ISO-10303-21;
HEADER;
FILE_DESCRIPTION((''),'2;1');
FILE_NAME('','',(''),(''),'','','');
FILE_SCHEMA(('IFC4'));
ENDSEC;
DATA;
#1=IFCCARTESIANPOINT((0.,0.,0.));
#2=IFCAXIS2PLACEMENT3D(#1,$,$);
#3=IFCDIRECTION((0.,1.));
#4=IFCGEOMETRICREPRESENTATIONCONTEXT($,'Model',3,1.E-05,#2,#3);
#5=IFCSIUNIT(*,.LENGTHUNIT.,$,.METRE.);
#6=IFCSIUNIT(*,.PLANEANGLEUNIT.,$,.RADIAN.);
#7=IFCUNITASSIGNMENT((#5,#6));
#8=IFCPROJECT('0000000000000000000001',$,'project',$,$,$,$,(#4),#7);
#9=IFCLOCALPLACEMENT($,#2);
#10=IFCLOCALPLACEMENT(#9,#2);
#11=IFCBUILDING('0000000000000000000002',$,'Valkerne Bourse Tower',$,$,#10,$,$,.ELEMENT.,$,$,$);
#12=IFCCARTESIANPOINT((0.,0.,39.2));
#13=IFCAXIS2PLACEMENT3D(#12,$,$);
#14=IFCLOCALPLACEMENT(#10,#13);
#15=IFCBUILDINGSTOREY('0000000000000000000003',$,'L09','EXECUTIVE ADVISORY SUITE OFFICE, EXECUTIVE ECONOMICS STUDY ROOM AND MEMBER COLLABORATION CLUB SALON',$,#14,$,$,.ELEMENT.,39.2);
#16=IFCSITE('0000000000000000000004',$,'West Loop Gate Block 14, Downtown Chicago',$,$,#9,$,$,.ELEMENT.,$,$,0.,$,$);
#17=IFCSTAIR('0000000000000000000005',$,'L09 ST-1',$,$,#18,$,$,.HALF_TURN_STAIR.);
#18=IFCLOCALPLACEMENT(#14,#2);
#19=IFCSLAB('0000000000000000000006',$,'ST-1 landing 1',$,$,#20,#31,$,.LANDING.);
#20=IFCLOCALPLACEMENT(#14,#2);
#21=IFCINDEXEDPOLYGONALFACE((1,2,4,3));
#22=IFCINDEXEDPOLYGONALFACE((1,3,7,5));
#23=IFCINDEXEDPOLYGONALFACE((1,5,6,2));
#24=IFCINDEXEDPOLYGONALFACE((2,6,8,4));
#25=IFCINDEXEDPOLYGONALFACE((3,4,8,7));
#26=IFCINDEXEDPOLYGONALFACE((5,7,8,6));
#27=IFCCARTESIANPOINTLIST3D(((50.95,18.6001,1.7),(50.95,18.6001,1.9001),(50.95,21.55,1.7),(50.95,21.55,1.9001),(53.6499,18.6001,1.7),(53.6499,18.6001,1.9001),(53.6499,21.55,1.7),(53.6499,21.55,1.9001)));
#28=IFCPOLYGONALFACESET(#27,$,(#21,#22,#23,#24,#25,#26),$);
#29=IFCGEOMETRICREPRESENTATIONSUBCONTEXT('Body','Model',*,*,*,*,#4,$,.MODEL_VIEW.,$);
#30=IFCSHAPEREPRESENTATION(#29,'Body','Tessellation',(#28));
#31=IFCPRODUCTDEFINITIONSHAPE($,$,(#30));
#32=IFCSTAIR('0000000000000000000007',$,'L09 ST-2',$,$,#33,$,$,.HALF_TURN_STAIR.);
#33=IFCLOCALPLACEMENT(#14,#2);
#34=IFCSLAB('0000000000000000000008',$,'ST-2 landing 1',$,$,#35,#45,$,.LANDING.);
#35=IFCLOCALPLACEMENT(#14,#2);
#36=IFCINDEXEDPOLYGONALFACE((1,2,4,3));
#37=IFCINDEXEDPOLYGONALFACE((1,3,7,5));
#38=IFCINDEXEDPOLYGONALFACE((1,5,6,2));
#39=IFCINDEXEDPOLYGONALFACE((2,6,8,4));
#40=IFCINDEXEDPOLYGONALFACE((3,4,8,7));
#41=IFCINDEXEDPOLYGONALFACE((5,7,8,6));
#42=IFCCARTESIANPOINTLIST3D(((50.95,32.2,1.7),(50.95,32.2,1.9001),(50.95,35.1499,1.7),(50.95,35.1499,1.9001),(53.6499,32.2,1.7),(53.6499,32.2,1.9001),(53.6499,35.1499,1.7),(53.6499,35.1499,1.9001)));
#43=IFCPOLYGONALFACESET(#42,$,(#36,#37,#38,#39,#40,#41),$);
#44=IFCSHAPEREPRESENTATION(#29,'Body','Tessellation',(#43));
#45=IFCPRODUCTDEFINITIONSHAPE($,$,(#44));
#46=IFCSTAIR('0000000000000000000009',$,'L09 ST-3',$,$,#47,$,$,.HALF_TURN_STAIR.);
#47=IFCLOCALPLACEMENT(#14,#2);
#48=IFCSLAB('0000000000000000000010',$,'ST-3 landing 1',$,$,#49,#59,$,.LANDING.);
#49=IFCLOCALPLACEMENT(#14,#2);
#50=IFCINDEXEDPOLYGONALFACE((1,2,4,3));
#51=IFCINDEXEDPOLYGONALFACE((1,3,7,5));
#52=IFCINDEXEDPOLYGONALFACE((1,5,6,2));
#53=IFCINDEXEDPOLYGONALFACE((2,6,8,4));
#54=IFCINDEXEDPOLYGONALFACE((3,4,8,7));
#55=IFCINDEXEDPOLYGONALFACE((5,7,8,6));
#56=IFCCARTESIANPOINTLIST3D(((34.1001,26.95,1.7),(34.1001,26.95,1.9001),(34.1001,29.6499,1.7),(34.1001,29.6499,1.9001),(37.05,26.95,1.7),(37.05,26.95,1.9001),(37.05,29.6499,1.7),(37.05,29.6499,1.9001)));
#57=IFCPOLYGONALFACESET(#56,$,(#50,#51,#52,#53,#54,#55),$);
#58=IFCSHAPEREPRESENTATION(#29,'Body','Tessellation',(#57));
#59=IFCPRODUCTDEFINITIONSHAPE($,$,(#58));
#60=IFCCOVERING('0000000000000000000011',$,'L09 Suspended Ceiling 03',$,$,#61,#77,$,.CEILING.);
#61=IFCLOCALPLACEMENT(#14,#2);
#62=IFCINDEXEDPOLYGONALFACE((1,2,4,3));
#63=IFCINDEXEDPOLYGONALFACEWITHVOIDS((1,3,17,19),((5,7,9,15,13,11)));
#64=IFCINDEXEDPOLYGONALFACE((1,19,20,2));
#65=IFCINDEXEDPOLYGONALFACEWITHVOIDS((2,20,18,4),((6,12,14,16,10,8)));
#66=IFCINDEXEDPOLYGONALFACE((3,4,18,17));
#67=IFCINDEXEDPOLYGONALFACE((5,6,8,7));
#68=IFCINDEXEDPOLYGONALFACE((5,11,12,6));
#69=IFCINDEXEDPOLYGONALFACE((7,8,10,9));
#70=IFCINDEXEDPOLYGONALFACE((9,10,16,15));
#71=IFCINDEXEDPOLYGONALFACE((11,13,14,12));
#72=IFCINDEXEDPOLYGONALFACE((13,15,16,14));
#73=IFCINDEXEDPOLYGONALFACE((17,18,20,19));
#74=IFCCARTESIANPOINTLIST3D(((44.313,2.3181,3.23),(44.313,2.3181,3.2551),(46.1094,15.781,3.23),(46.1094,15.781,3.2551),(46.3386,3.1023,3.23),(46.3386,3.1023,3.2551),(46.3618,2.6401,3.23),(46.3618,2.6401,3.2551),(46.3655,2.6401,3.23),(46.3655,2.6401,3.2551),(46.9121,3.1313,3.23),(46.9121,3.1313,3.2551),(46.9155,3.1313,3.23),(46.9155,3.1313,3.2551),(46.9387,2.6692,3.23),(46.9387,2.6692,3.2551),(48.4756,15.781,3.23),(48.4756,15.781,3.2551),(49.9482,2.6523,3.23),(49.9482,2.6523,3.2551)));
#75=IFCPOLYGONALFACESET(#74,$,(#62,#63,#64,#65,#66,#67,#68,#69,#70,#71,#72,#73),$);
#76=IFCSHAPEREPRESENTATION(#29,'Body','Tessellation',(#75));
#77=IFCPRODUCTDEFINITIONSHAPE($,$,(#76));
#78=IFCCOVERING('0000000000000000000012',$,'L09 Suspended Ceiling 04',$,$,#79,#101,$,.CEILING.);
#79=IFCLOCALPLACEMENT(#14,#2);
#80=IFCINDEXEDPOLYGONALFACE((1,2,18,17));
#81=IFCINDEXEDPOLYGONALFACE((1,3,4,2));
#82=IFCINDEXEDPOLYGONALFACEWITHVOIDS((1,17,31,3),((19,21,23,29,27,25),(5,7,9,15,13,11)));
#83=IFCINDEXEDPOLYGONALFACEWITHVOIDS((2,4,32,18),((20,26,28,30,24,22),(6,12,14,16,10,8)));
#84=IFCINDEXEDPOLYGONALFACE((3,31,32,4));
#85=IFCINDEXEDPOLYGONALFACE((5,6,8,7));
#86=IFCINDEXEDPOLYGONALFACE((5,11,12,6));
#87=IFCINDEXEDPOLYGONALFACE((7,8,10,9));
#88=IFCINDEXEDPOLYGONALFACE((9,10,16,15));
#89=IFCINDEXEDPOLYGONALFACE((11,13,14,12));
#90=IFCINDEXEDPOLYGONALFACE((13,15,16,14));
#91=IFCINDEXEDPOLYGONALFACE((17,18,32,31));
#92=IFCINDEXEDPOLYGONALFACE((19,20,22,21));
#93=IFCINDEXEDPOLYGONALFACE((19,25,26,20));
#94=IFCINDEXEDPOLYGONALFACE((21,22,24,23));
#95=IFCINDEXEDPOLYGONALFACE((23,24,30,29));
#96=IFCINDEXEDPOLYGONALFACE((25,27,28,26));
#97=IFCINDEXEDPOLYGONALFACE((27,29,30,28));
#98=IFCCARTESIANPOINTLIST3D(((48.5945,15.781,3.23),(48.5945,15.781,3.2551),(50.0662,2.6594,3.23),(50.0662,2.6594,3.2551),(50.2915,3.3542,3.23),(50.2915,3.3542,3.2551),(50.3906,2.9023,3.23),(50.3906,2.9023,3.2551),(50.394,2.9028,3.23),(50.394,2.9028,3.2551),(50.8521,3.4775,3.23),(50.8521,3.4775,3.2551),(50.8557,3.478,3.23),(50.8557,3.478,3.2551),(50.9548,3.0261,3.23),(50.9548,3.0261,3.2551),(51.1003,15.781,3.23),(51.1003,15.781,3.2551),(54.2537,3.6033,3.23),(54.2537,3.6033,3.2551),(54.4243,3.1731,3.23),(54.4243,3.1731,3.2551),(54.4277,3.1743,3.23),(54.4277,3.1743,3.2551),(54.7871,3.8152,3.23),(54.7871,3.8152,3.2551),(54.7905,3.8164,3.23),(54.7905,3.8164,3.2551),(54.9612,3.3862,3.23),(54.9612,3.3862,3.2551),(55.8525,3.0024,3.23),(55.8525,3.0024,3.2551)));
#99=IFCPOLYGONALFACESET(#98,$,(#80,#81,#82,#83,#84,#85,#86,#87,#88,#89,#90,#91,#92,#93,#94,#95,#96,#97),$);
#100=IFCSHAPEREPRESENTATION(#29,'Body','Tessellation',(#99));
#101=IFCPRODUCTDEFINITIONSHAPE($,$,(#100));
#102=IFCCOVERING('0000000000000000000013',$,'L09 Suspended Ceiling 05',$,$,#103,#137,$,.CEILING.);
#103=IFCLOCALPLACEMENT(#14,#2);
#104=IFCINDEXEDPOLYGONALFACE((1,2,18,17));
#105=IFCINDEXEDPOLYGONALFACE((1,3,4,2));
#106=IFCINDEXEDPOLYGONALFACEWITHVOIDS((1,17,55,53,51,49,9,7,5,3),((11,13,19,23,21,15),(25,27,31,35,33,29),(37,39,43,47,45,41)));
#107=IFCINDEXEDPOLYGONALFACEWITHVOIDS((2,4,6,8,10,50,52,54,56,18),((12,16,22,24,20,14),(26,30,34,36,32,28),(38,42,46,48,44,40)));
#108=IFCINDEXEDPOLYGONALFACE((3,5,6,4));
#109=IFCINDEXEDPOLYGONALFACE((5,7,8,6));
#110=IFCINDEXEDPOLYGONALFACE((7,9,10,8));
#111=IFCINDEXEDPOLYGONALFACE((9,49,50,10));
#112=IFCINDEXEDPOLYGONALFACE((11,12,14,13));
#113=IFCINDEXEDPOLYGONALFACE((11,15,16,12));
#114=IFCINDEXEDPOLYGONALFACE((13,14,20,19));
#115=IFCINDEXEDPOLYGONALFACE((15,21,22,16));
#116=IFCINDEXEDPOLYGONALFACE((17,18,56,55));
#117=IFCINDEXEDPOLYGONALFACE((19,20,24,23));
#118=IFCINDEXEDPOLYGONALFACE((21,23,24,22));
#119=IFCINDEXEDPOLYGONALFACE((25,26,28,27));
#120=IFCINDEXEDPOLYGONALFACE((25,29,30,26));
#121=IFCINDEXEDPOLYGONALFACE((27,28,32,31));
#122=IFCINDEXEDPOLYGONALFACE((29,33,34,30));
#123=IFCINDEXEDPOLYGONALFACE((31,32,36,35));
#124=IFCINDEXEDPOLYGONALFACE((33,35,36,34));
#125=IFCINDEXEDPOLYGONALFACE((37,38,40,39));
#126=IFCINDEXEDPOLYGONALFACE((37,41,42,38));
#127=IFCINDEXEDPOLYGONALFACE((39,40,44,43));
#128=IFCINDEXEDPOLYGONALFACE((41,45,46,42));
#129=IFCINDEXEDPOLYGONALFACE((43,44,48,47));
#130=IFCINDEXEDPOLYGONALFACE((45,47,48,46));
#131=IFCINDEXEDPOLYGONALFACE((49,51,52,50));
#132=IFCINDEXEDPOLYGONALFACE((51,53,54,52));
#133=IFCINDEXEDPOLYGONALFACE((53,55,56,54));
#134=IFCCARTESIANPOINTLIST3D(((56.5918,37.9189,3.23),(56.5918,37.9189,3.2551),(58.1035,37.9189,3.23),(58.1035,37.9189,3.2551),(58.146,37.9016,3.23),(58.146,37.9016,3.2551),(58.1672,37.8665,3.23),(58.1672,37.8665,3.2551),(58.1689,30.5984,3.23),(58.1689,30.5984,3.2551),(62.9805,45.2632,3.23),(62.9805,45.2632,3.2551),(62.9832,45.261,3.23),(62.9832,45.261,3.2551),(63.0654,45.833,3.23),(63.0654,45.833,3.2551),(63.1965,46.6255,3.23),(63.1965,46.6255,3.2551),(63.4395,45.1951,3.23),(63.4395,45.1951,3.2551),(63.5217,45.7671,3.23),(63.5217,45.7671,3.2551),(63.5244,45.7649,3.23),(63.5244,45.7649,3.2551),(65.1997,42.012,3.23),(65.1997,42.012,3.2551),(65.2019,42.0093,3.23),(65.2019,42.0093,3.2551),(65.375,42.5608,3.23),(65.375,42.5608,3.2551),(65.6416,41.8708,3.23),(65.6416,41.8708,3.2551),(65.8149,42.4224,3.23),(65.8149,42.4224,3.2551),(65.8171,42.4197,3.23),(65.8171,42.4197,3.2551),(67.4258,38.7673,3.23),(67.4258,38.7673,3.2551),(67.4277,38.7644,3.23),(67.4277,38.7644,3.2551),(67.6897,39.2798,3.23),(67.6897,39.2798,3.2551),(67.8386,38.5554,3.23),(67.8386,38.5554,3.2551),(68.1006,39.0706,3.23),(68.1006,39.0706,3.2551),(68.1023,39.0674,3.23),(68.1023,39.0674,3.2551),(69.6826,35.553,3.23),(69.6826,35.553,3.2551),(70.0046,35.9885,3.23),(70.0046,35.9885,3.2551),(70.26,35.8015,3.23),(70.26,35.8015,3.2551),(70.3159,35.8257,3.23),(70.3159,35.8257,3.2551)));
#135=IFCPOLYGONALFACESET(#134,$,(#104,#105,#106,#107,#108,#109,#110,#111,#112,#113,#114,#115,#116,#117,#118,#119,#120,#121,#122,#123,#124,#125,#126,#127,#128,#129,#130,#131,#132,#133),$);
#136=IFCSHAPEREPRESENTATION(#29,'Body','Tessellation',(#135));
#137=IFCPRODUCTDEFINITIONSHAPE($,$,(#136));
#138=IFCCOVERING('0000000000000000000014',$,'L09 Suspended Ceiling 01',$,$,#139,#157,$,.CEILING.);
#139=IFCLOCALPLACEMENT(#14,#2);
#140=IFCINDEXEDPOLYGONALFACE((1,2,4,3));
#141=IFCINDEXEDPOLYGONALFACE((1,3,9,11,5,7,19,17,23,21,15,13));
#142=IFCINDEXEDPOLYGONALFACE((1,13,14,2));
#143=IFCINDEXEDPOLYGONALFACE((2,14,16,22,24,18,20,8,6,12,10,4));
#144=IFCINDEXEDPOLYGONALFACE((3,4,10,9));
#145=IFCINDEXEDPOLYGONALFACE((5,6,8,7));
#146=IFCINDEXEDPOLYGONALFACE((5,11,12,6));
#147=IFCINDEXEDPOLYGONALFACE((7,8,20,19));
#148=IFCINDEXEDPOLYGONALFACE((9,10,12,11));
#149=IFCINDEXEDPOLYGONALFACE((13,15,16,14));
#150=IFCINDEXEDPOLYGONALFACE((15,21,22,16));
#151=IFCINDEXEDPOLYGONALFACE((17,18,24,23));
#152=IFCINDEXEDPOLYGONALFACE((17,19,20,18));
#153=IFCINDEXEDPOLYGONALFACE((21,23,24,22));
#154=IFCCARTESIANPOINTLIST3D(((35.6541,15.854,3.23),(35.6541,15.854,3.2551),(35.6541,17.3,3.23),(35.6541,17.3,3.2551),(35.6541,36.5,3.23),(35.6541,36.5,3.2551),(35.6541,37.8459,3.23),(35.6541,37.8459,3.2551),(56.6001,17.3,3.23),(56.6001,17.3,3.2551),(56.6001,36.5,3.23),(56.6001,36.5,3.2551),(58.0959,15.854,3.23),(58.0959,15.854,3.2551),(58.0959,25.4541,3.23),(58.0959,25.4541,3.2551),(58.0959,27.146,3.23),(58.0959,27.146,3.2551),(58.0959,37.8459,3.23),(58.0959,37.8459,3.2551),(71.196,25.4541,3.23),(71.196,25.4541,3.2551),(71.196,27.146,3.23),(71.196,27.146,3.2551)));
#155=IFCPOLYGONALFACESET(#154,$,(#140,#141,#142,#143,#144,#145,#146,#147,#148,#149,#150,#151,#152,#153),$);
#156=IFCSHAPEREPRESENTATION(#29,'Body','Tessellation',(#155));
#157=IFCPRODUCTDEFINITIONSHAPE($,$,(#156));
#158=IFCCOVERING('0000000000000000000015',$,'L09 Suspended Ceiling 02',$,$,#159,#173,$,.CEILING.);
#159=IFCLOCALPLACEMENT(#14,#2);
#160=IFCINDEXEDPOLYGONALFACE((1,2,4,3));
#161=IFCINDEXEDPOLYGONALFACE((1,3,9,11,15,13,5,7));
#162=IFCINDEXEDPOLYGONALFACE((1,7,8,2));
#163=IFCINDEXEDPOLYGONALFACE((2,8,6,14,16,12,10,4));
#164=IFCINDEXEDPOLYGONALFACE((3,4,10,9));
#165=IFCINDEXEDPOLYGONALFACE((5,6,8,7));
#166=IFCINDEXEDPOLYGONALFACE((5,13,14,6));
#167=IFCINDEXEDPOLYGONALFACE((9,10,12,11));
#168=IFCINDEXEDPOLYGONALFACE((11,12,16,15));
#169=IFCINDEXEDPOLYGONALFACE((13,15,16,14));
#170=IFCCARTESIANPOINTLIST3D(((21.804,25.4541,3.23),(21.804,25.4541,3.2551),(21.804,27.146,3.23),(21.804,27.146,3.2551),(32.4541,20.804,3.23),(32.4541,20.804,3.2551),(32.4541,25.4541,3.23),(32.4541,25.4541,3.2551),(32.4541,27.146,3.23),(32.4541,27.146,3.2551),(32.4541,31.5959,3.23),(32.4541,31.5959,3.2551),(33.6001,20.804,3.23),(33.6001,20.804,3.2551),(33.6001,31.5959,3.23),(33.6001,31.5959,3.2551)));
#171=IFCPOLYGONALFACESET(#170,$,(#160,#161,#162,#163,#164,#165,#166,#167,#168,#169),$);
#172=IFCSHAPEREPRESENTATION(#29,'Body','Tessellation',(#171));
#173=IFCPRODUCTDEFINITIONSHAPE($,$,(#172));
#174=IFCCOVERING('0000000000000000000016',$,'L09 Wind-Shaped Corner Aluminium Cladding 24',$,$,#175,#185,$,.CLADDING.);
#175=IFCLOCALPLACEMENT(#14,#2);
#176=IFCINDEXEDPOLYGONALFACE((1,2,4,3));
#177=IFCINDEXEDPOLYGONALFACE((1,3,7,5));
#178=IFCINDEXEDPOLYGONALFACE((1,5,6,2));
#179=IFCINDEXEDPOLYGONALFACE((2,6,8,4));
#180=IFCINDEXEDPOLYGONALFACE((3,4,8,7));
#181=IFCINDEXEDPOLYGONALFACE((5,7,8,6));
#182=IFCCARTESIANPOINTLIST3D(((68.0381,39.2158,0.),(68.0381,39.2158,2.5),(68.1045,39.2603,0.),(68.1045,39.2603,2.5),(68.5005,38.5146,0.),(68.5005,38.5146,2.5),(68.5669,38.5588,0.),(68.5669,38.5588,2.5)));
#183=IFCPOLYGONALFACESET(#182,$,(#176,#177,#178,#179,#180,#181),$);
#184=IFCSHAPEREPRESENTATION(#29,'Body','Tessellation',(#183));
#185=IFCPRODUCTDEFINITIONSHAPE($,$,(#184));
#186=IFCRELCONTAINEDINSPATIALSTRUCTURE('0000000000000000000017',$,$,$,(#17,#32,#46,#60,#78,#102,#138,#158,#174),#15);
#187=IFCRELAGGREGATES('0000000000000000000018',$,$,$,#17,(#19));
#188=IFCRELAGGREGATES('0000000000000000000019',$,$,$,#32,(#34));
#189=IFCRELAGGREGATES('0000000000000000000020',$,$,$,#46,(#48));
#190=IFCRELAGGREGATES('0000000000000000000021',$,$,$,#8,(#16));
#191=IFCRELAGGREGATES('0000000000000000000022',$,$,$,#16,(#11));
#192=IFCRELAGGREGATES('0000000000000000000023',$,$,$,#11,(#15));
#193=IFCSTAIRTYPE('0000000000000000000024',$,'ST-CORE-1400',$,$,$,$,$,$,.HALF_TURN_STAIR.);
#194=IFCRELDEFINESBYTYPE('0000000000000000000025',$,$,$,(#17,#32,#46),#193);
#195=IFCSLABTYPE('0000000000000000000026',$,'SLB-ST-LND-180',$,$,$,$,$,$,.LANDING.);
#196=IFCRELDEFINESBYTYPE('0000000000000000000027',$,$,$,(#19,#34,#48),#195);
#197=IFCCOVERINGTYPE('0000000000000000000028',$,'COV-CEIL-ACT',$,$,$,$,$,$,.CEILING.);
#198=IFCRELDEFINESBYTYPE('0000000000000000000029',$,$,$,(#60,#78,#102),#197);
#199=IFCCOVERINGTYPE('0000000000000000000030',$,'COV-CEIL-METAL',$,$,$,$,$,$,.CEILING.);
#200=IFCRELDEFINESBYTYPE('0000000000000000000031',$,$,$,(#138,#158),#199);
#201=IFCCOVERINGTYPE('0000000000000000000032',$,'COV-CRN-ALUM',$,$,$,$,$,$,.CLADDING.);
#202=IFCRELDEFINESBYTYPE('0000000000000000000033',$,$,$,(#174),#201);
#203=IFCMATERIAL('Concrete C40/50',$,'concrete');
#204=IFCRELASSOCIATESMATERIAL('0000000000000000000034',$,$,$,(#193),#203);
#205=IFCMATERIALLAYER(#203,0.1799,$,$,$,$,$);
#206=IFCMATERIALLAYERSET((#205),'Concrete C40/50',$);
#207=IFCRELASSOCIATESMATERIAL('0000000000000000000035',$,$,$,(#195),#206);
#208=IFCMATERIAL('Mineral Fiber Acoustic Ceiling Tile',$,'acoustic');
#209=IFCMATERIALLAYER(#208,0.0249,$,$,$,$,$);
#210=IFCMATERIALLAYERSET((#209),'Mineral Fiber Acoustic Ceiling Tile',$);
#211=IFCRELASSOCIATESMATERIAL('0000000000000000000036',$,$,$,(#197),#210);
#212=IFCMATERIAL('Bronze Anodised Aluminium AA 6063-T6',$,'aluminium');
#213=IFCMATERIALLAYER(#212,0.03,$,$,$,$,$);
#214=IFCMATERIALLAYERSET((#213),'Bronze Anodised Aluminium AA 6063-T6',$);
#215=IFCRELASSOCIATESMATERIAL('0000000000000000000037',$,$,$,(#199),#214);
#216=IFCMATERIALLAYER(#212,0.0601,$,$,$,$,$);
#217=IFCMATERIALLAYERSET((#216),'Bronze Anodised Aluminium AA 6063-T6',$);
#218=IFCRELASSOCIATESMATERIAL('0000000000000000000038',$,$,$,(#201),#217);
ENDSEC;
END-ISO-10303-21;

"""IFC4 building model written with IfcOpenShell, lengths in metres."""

from ifc_helpers import new_model, si_unit, direction, frame, origin, place, context, subcontext, project, spatial, polyline, outline, extrude, material, layer, layer_set, type_object, element, aggregate, save


model = new_model("IFC4")

# Units and contexts
model_context = context("Model", 3, precision=1e-05, world=origin(), true_north=direction((0.0, 1.0)))
body_context = subcontext(model_context, "Body", "Model", "MODEL_VIEW")
ifc_project = project(units=[si_unit("LENGTHUNIT", "METRE"), si_unit("PLANEANGLEUNIT", "RADIAN")], contexts=[model_context])

# Site, building, storey
site_placement = place(None, origin())
site = spatial("IfcSite", under=ifc_project, at=site_placement, Name="West Loop Gate Block 14, Downtown Chicago", CompositionType="ELEMENT", RefElevation=0.0)
building_placement = place(site_placement, origin())
building = spatial("IfcBuilding", under=site, at=building_placement, Name="Valkerne Bourse Tower", CompositionType="ELEMENT")
storey_placement = place(building_placement, frame((0.0, 0.0, 39.2)))
storey = spatial("IfcBuildingStorey", under=building, at=storey_placement, Name="L09", Description="EXECUTIVE ADVISORY SUITE OFFICE, EXECUTIVE ECONOMICS STUDY ROOM AND MEMBER COLLABORATION CLUB SALON", CompositionType="ELEMENT", Elevation=39.2)

# Stairs, slabs
ifc_material_1 = material(Name="Concrete C40/50", Category="concrete")
stair_type = type_object("IfcStairType", Name="ST-CORE-1400", PredefinedType="HALF_TURN_STAIR", material=ifc_material_1)
stair_1_placement = place(storey_placement, origin())
stair_1 = element("IfcStair", 1, at=stair_1_placement, inside=storey, type_object=stair_type, Name="L09 ST-1", PredefinedType="HALF_TURN_STAIR")
ifc_layer_1 = layer(ifc_material_1, 0.1799)
ifc_layer_set_1 = layer_set([ifc_layer_1], Name="Concrete C40/50")
slab_type = type_object("IfcSlabType", Name="SLB-ST-LND-180", PredefinedType="LANDING", material=ifc_layer_set_1)
slab_1_placement = place(storey_placement, frame((0.0, 0.0, 1.7)))
slab_1 = element("IfcSlab", 2, at=slab_1_placement, type_object=slab_type, Name="ST-1 landing 1", PredefinedType="LANDING", context=body_context, shape_type="SweptSolid", body=[
    extrude(outline(polyline([(50.95, 18.6001), (53.6499, 18.6001), (53.6499, 21.55), (50.95, 21.55), (50.95, 18.6001)])), origin(), (0.0, 0.0, 1.0), 0.2002),
])
aggregate(stair_1, [slab_1])
stair_2_placement = place(storey_placement, origin())
stair_2 = element("IfcStair", 3, at=stair_2_placement, inside=storey, type_object=stair_type, Name="L09 ST-2", PredefinedType="HALF_TURN_STAIR")
slab_2_placement = place(storey_placement, frame((0.0, 0.0, 1.7)))
slab_2 = element("IfcSlab", 4, at=slab_2_placement, type_object=slab_type, Name="ST-2 landing 1", PredefinedType="LANDING", context=body_context, shape_type="SweptSolid", body=[
    extrude(outline(polyline([(50.95, 32.2), (53.6499, 32.2), (53.6499, 35.1499), (50.95, 35.1499), (50.95, 32.2)])), origin(), (0.0, 0.0, 1.0), 0.2002),
])
aggregate(stair_2, [slab_2])
stair_3_placement = place(storey_placement, origin())
stair_3 = element("IfcStair", 5, at=stair_3_placement, inside=storey, type_object=stair_type, Name="L09 ST-3", PredefinedType="HALF_TURN_STAIR")
slab_3_placement = place(storey_placement, frame((0.0, 0.0, 1.7)))
slab_3 = element("IfcSlab", 6, at=slab_3_placement, type_object=slab_type, Name="ST-3 landing 1", PredefinedType="LANDING", context=body_context, shape_type="SweptSolid", body=[
    extrude(outline(polyline([(37.05, 26.95), (37.05, 29.6499), (34.1001, 29.6499), (34.1001, 26.95), (37.05, 26.95)])), origin(), (0.0, 0.0, 1.0), 0.2002),
])
aggregate(stair_3, [slab_3])

# Coverings
ifc_material_2 = material(Name="Mineral Fiber Acoustic Ceiling Tile", Category="acoustic")
ifc_layer_2 = layer(ifc_material_2, 0.0249)
ifc_layer_set_2 = layer_set([ifc_layer_2], Name="Mineral Fiber Acoustic Ceiling Tile")
covering_type_1 = type_object("IfcCoveringType", Name="COV-CEIL-ACT", PredefinedType="CEILING", material=ifc_layer_set_2)
covering_1_placement = place(storey_placement, frame((0.0, 0.0, 3.23)))
element("IfcCovering", 7, at=covering_1_placement, inside=storey, type_object=covering_type_1, Name="L09 Suspended Ceiling 03", PredefinedType="CEILING", context=body_context, shape_type="SweptSolid", body=[
    extrude(outline(polyline([(48.4756, 15.781), (49.9482, 2.6523), (44.313, 2.3181), (46.1094, 15.781), (48.4756, 15.781)]), holes=[polyline([(46.9387, 2.6692), (46.9155, 3.1313), (46.9121, 3.1313), (46.3386, 3.1023), (46.3618, 2.6401), (46.3655, 2.6401), (46.9387, 2.6692)])]), origin(), (0.0, 0.0, 1.0), 0.0251),
])
covering_2_placement = place(storey_placement, frame((0.0, 0.0, 3.23)))
element("IfcCovering", 8, at=covering_2_placement, inside=storey, type_object=covering_type_1, Name="L09 Suspended Ceiling 04", PredefinedType="CEILING", context=body_context, shape_type="SweptSolid", body=[
    extrude(outline(polyline([(51.1003, 15.781), (55.8525, 3.0024), (50.0662, 2.6594), (48.5945, 15.781), (51.1003, 15.781)]), holes=[polyline([(50.394, 2.9028), (50.9548, 3.0261), (50.8557, 3.478), (50.8521, 3.4775), (50.2915, 3.3542), (50.3906, 2.9023), (50.394, 2.9028)]), polyline([(54.9612, 3.3862), (54.7905, 3.8164), (54.7871, 3.8152), (54.2537, 3.6033), (54.4243, 3.1731), (54.4277, 3.1743), (54.9612, 3.3862)])]), origin(), (0.0, 0.0, 1.0), 0.0251),
])
covering_3_placement = place(storey_placement, frame((0.0, 0.0, 3.23)))
element("IfcCovering", 9, at=covering_3_placement, inside=storey, type_object=covering_type_1, Name="L09 Suspended Ceiling 05", PredefinedType="CEILING", context=body_context, shape_type="SweptSolid", body=[
    extrude(outline(polyline([(58.1672, 37.8665), (58.146, 37.9016), (58.1035, 37.9189), (56.5918, 37.9189), (63.1965, 46.6255), (70.3159, 35.8257), (70.26, 35.8015), (70.0046, 35.9885), (69.6826, 35.553), (58.1689, 30.5984), (58.1672, 37.8665)]), holes=[polyline([(68.1023, 39.0674), (68.1006, 39.0706), (67.6897, 39.2798), (67.4258, 38.7673), (67.4277, 38.7644), (67.8386, 38.5554), (68.1023, 39.0674)]), polyline([(65.8171, 42.4197), (65.8149, 42.4224), (65.375, 42.5608), (65.1997, 42.012), (65.2019, 42.0093), (65.6416, 41.8708), (65.8171, 42.4197)]), polyline([(63.5217, 45.7671), (63.0654, 45.833), (62.9805, 45.2632), (62.9832, 45.261), (63.4395, 45.1951), (63.5244, 45.7649), (63.5217, 45.7671)])]), origin(), (0.0, 0.0, 1.0), 0.0251),
])
ifc_material_3 = material(Name="Bronze Anodised Aluminium AA 6063-T6", Category="aluminium")
ifc_layer_3 = layer(ifc_material_3, 0.03)
ifc_layer_set_3 = layer_set([ifc_layer_3], Name="Bronze Anodised Aluminium AA 6063-T6")
covering_type_2 = type_object("IfcCoveringType", Name="COV-CEIL-METAL", PredefinedType="CEILING", material=ifc_layer_set_3)
covering_4_placement = place(storey_placement, frame((0.0, 0.0, 3.23)))
element("IfcCovering", 10, at=covering_4_placement, inside=storey, type_object=covering_type_2, Name="L09 Suspended Ceiling 01", PredefinedType="CEILING", context=body_context, shape_type="SweptSolid", body=[
    extrude(outline(polyline([(71.196, 27.146), (71.196, 25.4541), (58.0959, 25.4541), (58.0959, 15.854), (35.6541, 15.854), (35.6541, 17.3), (56.6001, 17.3), (56.6001, 36.5), (35.6541, 36.5), (35.6541, 37.8459), (58.0959, 37.8459), (58.0959, 27.146), (71.196, 27.146)])), origin(), (0.0, 0.0, 1.0), 0.0251),
])
covering_5_placement = place(storey_placement, frame((0.0, 0.0, 3.23)))
element("IfcCovering", 11, at=covering_5_placement, inside=storey, type_object=covering_type_2, Name="L09 Suspended Ceiling 02", PredefinedType="CEILING", context=body_context, shape_type="SweptSolid", body=[
    extrude(outline(polyline([(32.4541, 20.804), (32.4541, 25.4541), (21.804, 25.4541), (21.804, 27.146), (32.4541, 27.146), (32.4541, 31.5959), (33.6001, 31.5959), (33.6001, 20.804), (32.4541, 20.804)])), origin(), (0.0, 0.0, 1.0), 0.0251),
])
ifc_layer_4 = layer(ifc_material_3, 0.0601)
ifc_layer_set_4 = layer_set([ifc_layer_4], Name="Bronze Anodised Aluminium AA 6063-T6")
covering_type_3 = type_object("IfcCoveringType", Name="COV-CRN-ALUM", PredefinedType="CLADDING", material=ifc_layer_set_4)
covering_6_placement = place(storey_placement, origin())
element("IfcCovering", 12, at=covering_6_placement, inside=storey, type_object=covering_type_3, Name="L09 Wind-Shaped Corner Aluminium Cladding 24", PredefinedType="CLADDING", context=body_context, shape_type="SweptSolid", body=[
    extrude(outline(polyline([(68.5669, 38.5588), (68.5005, 38.5146), (68.0381, 39.2158), (68.1045, 39.2603), (68.5669, 38.5588)])), origin(), (0.0, 0.0, 1.0), 2.5),
])

save(model, "model.ifc")
